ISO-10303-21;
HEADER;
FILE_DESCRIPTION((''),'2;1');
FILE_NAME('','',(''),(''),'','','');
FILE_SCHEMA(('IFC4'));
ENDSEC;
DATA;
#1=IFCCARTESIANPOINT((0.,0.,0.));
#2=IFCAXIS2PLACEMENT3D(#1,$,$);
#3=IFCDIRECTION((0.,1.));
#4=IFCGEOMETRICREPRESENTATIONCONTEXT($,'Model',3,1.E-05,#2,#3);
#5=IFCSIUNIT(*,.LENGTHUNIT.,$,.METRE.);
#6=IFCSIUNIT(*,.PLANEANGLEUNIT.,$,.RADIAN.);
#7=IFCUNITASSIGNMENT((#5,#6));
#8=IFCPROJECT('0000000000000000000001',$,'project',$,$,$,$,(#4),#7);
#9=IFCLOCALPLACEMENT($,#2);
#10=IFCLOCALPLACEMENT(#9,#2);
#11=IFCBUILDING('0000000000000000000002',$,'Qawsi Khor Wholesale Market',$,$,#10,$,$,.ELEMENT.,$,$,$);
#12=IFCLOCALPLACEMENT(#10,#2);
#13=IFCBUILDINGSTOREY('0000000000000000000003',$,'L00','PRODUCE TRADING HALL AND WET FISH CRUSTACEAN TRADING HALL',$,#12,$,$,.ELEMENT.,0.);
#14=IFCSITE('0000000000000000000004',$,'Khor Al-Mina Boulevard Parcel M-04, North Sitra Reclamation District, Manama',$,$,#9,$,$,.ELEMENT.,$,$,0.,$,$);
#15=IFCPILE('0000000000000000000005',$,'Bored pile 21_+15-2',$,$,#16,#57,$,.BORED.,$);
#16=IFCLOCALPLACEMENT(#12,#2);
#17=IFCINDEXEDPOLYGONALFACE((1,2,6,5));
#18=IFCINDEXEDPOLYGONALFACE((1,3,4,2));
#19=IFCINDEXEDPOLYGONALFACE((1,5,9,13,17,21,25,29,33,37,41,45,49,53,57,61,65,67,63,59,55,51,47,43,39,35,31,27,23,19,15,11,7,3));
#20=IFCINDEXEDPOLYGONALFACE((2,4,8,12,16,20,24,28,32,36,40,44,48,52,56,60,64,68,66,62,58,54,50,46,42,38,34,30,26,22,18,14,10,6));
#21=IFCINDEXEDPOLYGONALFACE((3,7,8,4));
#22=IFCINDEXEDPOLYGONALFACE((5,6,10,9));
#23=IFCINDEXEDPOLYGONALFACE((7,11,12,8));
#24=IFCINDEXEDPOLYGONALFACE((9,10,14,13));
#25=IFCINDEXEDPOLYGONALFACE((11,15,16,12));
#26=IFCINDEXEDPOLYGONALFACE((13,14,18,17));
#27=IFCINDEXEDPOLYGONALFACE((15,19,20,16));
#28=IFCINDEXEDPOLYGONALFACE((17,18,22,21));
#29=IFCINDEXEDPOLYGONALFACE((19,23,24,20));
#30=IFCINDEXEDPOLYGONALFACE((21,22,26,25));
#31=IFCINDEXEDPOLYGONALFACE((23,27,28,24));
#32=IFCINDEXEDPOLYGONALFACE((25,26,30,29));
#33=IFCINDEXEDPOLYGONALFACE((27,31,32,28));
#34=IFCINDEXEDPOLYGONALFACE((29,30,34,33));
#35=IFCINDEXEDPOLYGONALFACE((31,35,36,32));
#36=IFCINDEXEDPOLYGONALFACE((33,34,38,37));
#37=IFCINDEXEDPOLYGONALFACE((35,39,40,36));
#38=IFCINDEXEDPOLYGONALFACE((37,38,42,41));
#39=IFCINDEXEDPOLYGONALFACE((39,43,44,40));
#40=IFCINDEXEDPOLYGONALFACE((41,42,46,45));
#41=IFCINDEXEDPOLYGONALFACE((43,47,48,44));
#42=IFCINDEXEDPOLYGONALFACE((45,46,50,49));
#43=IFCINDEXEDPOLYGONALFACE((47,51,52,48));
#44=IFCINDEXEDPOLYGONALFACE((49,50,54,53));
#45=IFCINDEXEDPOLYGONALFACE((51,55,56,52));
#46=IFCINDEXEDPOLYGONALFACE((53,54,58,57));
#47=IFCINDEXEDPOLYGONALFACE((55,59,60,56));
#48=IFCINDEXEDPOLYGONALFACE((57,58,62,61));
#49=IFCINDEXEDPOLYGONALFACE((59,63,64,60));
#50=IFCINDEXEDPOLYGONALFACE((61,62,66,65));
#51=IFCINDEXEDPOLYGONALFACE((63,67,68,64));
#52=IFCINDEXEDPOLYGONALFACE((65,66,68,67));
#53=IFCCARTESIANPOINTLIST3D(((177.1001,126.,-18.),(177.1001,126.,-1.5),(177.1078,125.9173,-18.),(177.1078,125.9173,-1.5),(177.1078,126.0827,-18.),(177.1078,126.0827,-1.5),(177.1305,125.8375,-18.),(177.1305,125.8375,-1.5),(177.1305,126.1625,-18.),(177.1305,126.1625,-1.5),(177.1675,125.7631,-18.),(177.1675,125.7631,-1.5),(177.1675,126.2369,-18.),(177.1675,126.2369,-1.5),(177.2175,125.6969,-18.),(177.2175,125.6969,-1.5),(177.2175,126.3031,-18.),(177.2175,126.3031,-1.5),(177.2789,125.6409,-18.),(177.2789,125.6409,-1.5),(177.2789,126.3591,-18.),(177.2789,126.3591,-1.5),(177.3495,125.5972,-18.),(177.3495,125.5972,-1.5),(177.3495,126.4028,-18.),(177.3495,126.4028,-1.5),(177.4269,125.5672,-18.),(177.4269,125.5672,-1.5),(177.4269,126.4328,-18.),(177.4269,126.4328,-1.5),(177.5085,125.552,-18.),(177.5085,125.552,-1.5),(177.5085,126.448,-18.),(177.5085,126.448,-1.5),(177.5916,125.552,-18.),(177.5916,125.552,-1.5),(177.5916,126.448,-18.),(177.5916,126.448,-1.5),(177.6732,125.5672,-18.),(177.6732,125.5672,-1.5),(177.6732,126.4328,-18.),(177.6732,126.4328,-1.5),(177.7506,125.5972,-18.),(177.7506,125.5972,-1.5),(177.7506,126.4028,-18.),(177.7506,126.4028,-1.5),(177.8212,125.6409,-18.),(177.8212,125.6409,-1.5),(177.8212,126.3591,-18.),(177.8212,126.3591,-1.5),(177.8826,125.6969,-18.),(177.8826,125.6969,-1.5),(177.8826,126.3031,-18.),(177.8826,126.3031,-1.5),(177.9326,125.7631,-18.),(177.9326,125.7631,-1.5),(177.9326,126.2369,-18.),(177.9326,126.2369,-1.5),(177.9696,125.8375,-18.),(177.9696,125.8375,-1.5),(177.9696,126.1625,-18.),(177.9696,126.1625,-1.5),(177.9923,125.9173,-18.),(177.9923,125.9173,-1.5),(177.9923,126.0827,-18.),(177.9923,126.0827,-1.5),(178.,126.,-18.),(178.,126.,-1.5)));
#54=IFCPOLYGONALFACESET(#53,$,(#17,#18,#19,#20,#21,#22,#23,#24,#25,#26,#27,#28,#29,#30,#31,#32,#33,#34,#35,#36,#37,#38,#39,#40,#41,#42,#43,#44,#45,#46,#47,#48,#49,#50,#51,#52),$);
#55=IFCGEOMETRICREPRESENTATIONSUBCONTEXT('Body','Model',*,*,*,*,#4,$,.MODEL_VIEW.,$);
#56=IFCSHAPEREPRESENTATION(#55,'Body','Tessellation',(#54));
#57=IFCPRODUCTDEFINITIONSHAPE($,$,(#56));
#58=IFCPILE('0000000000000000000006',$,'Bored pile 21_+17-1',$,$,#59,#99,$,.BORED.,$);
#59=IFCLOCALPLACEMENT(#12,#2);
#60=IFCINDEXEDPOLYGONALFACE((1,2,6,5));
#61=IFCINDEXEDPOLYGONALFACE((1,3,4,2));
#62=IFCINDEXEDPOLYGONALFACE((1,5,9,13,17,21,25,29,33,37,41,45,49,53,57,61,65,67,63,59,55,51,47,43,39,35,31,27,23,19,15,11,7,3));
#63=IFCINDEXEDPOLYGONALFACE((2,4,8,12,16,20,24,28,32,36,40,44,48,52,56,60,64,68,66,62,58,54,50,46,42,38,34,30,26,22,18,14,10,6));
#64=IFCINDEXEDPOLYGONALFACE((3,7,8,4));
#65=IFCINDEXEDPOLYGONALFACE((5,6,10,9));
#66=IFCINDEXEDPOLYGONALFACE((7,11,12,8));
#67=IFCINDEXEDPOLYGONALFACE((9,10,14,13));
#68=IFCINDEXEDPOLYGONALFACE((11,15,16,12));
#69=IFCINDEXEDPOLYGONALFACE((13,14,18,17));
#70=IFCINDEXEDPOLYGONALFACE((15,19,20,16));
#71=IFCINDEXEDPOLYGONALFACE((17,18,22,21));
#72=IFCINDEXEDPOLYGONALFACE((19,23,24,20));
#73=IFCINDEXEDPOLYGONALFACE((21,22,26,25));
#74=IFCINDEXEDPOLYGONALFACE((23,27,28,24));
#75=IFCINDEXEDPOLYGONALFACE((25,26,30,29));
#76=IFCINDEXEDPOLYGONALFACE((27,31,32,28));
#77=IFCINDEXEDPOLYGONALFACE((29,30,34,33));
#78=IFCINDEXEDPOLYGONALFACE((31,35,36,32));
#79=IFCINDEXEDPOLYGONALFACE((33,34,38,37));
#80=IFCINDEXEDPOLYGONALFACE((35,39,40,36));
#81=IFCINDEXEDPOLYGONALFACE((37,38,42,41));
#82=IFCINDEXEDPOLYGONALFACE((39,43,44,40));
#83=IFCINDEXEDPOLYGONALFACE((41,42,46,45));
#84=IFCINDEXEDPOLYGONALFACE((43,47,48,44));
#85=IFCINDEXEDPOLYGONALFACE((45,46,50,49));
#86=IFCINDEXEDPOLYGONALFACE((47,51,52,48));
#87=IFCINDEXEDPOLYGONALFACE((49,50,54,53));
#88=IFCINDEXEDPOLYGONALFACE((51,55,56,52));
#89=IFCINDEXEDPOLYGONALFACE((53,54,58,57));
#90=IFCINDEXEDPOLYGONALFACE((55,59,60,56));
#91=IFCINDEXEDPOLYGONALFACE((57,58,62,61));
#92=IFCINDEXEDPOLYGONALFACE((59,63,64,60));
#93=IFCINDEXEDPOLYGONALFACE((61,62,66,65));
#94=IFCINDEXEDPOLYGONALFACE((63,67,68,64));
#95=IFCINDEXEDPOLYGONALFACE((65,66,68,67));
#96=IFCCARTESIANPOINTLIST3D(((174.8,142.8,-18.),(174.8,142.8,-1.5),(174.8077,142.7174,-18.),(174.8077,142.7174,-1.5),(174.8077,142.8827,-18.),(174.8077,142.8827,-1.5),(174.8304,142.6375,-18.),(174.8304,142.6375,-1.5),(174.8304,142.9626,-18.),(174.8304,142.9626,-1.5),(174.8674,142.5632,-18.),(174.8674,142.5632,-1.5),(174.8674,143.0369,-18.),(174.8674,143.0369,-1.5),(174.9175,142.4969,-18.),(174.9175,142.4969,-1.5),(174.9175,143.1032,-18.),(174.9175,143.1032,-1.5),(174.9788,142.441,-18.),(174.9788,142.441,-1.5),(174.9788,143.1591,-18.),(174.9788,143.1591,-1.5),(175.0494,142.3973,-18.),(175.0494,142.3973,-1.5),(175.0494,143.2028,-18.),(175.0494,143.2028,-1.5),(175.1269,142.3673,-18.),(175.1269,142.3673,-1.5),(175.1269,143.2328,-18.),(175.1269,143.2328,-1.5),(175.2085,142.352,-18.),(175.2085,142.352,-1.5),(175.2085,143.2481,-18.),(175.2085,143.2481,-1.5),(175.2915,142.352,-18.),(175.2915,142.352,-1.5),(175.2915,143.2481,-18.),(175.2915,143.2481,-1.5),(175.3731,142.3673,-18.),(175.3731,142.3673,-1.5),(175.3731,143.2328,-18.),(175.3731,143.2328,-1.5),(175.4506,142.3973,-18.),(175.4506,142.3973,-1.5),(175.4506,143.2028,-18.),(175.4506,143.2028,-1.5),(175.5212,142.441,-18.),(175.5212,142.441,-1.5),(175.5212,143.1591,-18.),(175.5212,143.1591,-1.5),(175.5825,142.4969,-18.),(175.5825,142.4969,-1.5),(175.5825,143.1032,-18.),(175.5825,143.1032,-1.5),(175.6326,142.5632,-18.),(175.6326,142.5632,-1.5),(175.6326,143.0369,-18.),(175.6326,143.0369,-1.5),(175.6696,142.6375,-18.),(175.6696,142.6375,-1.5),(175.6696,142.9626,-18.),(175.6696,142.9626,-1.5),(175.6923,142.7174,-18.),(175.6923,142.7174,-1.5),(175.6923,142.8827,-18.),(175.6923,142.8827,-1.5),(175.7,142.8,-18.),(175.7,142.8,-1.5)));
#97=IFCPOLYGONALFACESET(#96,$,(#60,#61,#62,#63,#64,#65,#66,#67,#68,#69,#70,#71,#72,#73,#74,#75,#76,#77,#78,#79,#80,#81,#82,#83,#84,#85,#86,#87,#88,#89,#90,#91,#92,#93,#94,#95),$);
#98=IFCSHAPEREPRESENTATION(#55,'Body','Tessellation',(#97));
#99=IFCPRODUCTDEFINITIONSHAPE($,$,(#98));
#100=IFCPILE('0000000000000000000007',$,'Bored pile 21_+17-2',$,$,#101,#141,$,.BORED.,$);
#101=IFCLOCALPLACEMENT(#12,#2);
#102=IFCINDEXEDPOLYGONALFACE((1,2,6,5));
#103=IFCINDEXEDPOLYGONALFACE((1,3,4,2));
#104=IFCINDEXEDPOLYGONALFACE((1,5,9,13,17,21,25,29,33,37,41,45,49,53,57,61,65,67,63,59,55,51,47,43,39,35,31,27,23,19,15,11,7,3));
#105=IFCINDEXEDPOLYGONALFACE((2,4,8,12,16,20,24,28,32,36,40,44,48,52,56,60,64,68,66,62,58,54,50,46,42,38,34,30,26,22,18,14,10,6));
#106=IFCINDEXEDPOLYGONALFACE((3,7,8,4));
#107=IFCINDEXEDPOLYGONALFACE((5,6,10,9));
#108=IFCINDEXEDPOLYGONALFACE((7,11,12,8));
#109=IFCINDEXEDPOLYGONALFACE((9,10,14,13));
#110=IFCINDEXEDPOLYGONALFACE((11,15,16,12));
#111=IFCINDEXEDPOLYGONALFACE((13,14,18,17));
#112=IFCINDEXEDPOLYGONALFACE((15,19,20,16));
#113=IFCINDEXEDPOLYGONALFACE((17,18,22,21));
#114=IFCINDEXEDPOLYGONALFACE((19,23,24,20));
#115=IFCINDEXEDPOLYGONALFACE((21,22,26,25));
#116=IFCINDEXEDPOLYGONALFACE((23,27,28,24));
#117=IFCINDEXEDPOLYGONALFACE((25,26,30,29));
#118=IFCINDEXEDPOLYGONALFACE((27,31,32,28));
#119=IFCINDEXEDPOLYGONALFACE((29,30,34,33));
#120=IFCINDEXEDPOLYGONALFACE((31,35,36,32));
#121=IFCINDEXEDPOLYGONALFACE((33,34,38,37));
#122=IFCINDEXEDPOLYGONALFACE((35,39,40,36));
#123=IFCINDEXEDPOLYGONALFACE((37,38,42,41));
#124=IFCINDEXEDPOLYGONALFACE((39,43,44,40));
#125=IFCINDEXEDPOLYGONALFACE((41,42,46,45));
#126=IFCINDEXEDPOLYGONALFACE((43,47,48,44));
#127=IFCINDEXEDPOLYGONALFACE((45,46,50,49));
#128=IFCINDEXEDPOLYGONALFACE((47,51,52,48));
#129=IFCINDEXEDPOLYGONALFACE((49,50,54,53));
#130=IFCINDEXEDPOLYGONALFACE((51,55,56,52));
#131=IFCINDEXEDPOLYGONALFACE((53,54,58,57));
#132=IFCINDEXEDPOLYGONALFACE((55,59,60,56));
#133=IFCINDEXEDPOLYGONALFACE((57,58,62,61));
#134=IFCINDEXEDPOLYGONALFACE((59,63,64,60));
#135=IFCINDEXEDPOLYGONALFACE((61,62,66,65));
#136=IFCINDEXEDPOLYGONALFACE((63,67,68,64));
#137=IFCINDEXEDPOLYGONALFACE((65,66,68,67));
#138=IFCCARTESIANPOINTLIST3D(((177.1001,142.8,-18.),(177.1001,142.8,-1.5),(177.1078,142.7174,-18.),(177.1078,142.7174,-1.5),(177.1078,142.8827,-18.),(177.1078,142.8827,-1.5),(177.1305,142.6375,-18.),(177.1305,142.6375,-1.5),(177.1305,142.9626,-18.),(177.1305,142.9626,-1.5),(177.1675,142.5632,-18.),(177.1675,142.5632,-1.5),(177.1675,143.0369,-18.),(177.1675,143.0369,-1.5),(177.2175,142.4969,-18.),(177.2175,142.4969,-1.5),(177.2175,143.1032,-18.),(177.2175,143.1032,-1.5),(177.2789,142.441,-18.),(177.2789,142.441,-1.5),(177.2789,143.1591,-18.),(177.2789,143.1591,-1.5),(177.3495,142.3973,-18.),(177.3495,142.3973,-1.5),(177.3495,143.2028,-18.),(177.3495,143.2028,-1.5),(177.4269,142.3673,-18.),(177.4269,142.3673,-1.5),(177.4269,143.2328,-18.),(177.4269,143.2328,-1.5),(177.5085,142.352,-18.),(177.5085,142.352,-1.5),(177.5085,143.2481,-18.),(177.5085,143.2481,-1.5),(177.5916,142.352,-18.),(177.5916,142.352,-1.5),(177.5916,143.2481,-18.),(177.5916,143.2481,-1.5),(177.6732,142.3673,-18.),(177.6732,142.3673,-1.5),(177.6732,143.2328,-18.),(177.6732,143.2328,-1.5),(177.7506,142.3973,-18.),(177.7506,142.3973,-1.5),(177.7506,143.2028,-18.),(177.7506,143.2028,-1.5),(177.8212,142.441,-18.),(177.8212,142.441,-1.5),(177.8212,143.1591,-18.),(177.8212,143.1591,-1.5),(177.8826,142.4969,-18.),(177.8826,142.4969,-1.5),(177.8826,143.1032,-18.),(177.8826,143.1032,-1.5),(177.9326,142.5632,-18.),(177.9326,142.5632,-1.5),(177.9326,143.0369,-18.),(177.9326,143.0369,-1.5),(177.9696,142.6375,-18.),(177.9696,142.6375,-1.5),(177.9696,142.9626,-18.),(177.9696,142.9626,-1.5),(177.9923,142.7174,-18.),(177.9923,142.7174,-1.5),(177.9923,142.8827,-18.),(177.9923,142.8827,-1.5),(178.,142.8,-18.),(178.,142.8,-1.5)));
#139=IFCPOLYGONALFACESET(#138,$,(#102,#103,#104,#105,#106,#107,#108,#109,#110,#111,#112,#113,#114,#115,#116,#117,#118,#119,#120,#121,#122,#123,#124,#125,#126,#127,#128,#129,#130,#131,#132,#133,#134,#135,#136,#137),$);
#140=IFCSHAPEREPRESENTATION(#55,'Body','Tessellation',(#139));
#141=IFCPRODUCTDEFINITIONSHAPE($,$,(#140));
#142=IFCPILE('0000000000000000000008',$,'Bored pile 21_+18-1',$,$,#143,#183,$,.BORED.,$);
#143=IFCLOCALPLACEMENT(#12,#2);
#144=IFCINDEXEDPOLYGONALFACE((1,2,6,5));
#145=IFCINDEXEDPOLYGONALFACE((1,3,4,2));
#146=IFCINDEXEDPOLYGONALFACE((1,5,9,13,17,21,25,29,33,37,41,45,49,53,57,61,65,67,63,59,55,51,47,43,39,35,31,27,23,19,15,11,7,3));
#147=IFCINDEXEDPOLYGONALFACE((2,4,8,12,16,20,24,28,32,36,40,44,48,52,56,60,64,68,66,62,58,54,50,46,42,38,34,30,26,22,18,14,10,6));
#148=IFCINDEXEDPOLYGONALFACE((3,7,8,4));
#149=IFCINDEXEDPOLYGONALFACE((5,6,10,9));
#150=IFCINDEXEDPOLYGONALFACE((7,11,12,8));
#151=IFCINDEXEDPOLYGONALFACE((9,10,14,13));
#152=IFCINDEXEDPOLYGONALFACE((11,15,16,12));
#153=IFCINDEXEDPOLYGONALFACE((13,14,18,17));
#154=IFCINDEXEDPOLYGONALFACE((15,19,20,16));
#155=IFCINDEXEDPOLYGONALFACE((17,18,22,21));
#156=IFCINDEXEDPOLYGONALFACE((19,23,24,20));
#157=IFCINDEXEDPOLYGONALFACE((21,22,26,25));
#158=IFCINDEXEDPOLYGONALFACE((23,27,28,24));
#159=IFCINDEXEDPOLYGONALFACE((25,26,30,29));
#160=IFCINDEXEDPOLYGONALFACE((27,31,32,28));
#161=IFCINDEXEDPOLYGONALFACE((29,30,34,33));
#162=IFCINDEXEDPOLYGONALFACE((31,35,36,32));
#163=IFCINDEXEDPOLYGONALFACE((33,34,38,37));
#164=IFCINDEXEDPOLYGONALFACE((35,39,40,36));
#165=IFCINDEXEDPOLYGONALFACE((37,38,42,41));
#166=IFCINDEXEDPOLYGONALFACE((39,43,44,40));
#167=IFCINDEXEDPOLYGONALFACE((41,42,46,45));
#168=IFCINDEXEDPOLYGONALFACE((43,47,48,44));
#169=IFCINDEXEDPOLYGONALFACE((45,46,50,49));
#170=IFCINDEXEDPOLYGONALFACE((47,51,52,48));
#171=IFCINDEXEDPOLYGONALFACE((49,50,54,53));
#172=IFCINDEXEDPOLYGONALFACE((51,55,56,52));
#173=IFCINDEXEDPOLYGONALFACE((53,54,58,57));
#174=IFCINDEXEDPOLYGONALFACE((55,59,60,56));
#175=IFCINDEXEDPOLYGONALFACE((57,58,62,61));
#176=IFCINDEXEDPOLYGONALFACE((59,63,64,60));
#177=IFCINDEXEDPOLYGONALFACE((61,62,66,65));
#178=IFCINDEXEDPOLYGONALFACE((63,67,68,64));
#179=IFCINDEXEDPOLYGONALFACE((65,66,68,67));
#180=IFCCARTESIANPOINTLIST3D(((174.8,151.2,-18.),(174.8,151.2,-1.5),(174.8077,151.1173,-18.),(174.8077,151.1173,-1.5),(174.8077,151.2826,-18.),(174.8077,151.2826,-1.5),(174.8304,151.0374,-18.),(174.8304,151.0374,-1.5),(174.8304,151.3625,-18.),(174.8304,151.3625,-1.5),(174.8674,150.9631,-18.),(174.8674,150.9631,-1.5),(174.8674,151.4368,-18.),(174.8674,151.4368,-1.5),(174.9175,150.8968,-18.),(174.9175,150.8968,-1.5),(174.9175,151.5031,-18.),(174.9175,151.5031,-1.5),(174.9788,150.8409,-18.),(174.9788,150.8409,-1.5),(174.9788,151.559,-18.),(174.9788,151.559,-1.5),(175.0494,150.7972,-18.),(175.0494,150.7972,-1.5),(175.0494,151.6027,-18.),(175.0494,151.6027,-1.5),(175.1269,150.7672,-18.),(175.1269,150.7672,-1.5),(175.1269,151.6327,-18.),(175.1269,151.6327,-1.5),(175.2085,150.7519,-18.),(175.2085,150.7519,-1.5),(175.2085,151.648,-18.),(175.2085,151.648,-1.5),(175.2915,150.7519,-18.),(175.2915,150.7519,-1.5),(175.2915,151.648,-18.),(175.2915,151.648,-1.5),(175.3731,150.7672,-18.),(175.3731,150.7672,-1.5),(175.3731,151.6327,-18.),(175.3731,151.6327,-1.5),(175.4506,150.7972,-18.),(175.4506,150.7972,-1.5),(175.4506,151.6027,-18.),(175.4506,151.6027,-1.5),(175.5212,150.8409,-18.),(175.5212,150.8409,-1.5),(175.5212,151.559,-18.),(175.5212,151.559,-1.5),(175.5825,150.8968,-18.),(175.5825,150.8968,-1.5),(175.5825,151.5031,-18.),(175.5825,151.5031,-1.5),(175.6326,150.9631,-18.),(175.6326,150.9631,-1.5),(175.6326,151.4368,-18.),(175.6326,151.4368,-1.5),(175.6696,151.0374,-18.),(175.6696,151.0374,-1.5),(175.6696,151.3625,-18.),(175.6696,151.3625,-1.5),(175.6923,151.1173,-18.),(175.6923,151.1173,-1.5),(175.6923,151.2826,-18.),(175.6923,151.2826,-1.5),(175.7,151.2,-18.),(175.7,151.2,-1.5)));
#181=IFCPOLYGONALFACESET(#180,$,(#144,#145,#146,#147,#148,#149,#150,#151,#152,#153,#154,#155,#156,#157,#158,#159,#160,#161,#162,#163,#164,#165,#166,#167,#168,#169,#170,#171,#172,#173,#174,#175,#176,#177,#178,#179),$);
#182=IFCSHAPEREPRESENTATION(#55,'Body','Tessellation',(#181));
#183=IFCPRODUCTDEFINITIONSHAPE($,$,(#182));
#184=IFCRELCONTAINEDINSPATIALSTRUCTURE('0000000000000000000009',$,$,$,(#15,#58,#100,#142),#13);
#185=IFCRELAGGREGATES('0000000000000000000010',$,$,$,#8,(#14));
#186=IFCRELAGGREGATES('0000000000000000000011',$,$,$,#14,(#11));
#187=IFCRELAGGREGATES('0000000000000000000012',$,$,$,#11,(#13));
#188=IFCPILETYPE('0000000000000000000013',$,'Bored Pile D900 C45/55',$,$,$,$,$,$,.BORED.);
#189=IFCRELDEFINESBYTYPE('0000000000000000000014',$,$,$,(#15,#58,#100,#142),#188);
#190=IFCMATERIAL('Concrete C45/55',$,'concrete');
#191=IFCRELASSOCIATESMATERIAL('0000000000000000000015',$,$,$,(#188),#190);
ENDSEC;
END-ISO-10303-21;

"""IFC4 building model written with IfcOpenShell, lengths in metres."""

from ifc_helpers import new_model, si_unit, direction, frame, origin, origin_2d, place, context, subcontext, project, spatial, circle, extrude, material, material_profile, profile_set, type_object, element, save


model = new_model("IFC4")

# Units and contexts
model_context = context("Model", 3, precision=1e-05, world=origin(), true_north=direction((0.0, 1.0)))
body_context = subcontext(model_context, "Body", "Model", "MODEL_VIEW")
ifc_project = project(units=[si_unit("LENGTHUNIT", "METRE"), si_unit("PLANEANGLEUNIT", "RADIAN")], contexts=[model_context])

# Site, building, storey
site_placement = place(None, origin())
site = spatial("IfcSite", under=ifc_project, at=site_placement, Name="Khor Al-Mina Boulevard Parcel M-04, North Sitra Reclamation District, Manama", CompositionType="ELEMENT", RefElevation=0.0)
building_placement = place(site_placement, origin())
building = spatial("IfcBuilding", under=site, at=building_placement, Name="Qawsi Khor Wholesale Market", CompositionType="ELEMENT")
storey_placement = place(building_placement, origin())
storey = spatial("IfcBuildingStorey", under=building, at=storey_placement, Name="L00", Description="PRODUCE TRADING HALL AND WET FISH CRUSTACEAN TRADING HALL", CompositionType="ELEMENT", Elevation=0.0)

# Piles
ifc_material_1 = material(Name="Concrete C45/55", Category="concrete")
ifc_material_profile_1 = material_profile(ifc_material_1, circle(Radius=0.45, at=origin_2d()), Name="PILE D900")
ifc_profile_set_1 = profile_set([ifc_material_profile_1], Name="Concrete C45/55")
pile_type = type_object("IfcPileType", Name="Bored Pile D900 C45/55", PredefinedType="BORED", material=ifc_profile_set_1)
for number, where, z_axis, x_axis, name in (
    (1, (177.55, 126.0, -1.5), (0.0, 0.0, -1.0), (1.0, 0.0, 0.0), "Bored pile 21_+15-2"),
    (2, (175.25, 142.8, -1.5), (0.0, 0.0, -1.0), (1.0, 0.0, 0.0), "Bored pile 21_+17-1"),
    (3, (177.55, 142.8, -1.5), (0.0, 0.0, -1.0), (1.0, 0.0, 0.0), "Bored pile 21_+17-2"),
    (4, (175.25, 151.2, -1.5), (0.0, 0.0, -1.0), (1.0, 0.0, 0.0), "Bored pile 21_+18-1"),
):
    element("IfcPile", number, at=place(storey_placement, frame(where, z_axis=z_axis, x_axis=x_axis)), inside=storey, type_object=pile_type, Name=name, PredefinedType="BORED", context=body_context, shape_type="SweptSolid", body=[
        extrude(circle(Radius=0.45, at=origin_2d()), origin(), (0.0, 0.0, 1.0), 16.5),
    ])

save(model, "model.ifc")
